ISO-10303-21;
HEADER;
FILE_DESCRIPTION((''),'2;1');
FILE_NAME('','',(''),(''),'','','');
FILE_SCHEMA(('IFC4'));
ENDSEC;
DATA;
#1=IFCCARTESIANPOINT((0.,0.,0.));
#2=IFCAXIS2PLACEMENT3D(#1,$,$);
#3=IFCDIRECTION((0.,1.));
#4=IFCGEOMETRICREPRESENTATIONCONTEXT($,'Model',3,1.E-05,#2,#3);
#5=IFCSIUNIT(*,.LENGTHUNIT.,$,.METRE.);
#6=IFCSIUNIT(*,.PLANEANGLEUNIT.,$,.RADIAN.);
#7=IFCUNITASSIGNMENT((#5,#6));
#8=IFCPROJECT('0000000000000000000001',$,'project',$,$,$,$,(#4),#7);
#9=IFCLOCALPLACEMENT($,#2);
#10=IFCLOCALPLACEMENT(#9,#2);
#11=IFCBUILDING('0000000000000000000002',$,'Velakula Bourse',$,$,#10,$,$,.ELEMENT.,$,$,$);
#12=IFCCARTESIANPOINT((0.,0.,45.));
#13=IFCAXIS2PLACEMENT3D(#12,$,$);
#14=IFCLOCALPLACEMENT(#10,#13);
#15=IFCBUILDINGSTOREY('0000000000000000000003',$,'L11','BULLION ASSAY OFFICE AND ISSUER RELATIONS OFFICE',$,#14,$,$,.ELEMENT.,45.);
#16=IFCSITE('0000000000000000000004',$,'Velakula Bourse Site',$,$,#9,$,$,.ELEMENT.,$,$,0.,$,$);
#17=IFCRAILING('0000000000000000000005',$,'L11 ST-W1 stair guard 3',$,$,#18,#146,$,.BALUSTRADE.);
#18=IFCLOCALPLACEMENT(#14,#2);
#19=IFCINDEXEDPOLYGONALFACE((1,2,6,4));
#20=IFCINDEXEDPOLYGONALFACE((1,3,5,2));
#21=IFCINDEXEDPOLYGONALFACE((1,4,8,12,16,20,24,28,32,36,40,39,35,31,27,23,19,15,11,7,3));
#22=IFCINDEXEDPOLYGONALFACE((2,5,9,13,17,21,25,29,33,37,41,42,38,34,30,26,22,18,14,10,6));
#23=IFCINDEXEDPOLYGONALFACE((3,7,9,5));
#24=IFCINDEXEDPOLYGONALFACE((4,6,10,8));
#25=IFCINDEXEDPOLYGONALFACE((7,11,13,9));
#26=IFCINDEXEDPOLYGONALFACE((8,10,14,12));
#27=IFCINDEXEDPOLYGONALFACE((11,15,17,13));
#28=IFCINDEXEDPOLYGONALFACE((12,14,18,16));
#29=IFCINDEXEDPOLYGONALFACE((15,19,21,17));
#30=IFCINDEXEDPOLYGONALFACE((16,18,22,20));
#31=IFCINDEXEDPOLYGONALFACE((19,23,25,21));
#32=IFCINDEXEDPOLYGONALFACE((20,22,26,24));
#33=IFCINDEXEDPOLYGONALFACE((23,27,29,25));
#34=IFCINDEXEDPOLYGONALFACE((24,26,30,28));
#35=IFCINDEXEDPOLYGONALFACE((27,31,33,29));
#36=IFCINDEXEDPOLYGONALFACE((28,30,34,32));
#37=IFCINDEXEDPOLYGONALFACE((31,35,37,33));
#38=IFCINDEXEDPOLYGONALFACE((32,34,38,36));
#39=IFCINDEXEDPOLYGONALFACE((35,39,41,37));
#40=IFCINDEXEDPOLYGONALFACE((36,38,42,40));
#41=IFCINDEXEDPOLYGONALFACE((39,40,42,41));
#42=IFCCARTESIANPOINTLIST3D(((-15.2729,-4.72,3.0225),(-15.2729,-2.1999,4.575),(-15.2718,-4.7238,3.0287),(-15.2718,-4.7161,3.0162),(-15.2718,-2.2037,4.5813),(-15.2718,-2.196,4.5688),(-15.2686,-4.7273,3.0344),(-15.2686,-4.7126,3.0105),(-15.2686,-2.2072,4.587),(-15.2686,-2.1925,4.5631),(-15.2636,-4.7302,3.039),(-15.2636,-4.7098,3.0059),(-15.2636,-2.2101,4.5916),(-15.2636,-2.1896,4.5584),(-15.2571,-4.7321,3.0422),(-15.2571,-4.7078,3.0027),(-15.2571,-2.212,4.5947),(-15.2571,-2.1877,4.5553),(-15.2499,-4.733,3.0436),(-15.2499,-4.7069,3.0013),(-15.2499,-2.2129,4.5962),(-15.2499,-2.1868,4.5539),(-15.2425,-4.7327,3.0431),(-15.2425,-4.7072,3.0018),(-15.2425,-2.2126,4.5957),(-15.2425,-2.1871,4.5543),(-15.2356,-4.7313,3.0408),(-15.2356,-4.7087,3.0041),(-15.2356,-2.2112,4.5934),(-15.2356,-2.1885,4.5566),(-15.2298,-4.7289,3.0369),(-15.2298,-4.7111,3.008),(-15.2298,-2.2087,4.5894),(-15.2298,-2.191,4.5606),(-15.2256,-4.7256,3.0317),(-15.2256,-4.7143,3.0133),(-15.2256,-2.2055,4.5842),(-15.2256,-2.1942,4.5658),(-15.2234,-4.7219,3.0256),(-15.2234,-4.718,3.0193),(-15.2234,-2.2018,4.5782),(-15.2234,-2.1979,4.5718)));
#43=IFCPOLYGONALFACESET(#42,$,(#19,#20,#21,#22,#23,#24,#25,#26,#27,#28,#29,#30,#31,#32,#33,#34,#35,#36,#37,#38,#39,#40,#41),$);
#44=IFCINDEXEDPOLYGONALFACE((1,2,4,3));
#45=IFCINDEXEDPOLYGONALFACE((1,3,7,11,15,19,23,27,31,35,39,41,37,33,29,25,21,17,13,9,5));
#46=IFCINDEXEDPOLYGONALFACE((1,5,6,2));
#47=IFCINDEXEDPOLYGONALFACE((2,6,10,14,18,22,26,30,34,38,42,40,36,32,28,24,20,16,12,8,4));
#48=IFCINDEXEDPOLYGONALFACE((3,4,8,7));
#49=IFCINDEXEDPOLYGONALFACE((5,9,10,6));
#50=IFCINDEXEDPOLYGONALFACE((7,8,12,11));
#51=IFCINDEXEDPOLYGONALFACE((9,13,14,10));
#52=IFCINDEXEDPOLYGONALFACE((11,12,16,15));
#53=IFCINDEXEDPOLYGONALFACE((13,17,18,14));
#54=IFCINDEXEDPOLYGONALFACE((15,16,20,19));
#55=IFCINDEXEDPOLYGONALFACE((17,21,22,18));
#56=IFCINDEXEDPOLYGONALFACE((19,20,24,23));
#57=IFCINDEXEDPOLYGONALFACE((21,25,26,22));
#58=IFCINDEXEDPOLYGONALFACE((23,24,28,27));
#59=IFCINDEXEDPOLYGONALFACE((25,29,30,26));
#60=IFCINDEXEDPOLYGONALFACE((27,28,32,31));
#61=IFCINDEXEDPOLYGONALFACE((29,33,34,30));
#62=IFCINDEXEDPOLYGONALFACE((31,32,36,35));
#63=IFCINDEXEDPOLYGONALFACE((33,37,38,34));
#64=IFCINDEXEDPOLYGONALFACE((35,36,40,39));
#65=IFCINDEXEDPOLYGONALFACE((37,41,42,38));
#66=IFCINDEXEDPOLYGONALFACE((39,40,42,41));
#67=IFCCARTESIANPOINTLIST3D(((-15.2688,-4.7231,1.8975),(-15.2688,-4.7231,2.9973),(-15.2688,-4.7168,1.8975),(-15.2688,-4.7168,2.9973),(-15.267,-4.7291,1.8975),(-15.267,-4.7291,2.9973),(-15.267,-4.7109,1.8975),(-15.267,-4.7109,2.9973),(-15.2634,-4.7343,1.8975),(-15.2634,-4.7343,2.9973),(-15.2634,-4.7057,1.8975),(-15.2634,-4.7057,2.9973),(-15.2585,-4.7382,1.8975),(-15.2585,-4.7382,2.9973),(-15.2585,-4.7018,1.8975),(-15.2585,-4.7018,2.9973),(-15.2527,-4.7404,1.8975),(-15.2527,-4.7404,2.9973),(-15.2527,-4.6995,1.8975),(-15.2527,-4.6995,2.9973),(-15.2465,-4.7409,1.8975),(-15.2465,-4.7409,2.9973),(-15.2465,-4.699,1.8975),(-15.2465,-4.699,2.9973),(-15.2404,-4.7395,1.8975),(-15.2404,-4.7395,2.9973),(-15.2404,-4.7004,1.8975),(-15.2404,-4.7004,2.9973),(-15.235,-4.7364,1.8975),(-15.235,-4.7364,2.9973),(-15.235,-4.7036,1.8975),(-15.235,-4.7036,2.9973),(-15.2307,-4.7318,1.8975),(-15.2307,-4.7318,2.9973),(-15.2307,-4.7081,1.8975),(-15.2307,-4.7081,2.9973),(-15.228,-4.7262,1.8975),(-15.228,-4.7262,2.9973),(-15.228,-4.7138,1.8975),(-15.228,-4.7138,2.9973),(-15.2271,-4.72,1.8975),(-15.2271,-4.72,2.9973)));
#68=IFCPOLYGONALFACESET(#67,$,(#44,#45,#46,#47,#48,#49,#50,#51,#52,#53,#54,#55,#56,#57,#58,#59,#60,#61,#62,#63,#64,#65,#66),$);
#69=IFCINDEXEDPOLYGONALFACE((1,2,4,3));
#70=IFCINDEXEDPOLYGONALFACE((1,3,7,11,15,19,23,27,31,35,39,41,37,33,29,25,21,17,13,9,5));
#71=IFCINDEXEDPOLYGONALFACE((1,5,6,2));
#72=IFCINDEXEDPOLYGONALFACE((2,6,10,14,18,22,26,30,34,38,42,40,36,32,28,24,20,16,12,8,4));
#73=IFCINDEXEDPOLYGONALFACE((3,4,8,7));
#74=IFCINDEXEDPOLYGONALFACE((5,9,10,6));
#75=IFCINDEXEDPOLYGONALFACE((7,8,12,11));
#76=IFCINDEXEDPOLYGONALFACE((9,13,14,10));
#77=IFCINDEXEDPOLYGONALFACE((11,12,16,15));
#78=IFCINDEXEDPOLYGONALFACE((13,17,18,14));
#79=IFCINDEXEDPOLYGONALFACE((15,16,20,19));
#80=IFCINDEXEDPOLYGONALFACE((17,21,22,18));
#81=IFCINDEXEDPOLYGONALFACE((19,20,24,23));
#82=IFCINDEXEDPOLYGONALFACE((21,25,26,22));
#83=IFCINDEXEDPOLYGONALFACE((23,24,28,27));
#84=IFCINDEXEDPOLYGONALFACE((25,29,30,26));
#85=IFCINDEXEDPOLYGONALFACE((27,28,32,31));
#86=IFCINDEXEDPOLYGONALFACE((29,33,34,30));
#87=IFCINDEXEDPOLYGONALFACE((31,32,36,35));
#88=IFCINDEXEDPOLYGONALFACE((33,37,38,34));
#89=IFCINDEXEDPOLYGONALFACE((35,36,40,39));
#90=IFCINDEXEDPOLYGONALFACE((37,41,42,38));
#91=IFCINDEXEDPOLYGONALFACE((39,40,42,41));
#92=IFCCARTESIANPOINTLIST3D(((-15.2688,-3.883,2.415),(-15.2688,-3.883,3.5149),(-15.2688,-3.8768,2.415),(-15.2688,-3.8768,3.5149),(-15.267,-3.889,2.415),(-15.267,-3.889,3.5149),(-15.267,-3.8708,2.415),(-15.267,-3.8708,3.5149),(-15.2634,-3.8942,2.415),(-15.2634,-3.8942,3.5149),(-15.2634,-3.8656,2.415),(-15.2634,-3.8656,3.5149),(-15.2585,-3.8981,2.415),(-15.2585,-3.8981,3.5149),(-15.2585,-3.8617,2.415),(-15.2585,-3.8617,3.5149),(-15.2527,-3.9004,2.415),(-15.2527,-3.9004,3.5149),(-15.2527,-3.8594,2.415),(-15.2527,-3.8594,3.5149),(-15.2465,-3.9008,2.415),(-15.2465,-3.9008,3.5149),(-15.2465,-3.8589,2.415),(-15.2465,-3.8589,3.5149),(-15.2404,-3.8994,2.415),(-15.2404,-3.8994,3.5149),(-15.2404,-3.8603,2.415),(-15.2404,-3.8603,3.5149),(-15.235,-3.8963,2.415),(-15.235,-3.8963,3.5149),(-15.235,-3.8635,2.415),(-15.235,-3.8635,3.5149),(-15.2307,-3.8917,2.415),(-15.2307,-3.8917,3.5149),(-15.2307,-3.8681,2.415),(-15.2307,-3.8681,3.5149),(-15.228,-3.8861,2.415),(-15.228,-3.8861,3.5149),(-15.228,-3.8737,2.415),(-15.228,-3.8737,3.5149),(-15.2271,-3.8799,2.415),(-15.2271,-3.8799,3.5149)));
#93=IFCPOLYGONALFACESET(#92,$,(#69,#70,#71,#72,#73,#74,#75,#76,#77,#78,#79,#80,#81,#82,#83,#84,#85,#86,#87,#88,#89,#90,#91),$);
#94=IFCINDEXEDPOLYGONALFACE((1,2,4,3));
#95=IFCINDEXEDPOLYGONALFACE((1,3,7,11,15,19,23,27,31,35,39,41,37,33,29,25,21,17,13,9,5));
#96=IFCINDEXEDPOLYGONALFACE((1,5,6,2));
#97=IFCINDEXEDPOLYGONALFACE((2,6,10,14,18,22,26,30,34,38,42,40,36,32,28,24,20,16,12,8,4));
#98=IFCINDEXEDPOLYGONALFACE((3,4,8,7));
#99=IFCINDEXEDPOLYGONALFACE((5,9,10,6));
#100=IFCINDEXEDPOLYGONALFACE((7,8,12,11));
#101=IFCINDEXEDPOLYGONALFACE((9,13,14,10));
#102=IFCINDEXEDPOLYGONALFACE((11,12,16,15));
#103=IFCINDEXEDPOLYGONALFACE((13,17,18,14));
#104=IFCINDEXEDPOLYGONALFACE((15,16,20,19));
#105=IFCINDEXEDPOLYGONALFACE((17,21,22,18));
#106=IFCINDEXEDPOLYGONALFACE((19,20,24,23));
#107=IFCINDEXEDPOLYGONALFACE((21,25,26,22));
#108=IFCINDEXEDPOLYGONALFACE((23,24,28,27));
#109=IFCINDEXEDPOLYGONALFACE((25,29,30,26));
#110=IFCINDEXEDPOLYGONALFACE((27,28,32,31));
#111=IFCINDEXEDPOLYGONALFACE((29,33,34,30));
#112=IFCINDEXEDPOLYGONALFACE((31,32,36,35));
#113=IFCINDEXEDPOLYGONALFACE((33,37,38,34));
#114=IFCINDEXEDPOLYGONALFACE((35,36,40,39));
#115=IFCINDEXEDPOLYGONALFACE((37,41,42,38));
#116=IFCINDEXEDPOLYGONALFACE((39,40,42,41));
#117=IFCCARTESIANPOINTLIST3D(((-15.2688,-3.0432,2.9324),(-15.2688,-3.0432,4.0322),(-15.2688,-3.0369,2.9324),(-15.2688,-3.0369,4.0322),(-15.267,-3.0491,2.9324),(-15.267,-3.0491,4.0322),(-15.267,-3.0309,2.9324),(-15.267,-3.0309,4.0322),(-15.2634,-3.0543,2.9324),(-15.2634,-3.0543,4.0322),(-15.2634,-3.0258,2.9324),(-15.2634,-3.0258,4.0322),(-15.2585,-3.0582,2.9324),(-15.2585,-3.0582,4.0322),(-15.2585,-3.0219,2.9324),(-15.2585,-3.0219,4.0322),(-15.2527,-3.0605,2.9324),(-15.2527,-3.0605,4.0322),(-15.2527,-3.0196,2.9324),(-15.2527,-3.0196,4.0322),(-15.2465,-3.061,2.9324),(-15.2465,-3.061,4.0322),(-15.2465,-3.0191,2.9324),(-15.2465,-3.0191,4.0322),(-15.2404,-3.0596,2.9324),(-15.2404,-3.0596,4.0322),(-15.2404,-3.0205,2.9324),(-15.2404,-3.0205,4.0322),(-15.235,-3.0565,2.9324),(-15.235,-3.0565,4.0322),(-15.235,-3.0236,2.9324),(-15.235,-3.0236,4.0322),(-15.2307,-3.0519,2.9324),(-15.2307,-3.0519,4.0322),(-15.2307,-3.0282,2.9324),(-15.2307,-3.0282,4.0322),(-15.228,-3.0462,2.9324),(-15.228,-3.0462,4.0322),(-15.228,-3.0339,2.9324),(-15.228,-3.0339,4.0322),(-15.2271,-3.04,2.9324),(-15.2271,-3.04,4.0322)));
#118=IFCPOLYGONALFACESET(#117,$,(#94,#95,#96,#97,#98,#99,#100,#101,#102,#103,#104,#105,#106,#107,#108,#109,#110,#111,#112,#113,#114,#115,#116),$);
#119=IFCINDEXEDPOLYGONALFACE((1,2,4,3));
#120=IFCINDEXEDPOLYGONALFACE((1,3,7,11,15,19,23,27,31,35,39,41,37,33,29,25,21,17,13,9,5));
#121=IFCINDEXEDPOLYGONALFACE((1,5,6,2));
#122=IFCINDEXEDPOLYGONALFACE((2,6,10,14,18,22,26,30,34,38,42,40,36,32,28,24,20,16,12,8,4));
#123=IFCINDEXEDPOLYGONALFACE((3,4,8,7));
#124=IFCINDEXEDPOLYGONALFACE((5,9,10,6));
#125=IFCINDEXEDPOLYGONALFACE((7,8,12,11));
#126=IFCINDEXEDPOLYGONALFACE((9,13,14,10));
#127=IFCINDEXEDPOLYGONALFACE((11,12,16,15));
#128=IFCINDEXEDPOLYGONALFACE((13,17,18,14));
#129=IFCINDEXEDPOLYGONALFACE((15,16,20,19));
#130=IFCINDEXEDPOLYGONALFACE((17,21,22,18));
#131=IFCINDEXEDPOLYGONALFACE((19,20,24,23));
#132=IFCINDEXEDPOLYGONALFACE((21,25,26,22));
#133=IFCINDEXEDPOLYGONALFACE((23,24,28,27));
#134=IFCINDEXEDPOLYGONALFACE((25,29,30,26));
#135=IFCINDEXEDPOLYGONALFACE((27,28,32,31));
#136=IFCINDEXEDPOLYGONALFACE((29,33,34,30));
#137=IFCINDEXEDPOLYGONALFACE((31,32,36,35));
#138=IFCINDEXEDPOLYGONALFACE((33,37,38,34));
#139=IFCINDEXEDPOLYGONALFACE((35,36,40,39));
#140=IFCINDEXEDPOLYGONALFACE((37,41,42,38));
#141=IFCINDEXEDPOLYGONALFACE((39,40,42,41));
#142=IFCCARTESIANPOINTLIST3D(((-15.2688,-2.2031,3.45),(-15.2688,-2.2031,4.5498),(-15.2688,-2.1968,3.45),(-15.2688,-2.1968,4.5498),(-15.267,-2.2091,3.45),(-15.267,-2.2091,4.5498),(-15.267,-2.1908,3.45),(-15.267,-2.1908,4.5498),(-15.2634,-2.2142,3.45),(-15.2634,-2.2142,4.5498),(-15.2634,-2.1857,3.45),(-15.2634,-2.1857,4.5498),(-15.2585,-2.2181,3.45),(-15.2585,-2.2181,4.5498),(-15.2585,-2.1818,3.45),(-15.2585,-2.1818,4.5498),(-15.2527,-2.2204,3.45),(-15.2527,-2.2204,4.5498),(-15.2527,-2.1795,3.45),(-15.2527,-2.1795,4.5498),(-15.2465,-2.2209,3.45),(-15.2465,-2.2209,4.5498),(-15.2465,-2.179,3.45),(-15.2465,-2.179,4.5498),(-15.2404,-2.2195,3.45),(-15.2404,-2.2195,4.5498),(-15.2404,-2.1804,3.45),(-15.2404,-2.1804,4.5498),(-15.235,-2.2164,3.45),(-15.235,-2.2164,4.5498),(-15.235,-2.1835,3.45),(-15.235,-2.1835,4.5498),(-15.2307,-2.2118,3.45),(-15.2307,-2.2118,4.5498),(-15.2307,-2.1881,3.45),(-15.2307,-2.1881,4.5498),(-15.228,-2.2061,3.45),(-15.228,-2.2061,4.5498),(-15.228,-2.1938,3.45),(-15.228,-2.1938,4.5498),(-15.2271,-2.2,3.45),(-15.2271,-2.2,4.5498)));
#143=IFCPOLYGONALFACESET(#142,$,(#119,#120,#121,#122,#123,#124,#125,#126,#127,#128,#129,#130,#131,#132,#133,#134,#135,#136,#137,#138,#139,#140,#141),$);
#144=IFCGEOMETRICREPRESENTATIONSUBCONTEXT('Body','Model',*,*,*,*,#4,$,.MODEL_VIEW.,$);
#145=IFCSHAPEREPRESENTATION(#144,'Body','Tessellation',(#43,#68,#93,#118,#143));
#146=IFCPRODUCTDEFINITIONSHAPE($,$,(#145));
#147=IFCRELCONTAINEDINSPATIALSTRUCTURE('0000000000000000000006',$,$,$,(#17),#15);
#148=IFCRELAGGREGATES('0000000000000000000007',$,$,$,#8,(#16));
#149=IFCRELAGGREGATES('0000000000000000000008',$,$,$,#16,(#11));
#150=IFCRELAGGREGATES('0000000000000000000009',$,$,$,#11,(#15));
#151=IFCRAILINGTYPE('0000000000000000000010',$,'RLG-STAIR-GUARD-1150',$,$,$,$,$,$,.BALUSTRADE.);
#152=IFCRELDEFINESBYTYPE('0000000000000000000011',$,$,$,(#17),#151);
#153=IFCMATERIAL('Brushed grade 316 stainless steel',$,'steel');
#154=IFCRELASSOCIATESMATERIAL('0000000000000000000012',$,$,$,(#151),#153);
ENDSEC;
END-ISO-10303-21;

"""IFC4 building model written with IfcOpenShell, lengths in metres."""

from ifc_helpers import new_model, si_unit, direction, frame, origin, origin_2d, place, context, subcontext, project, spatial, circle, extrude, material, type_object, element, save


model = new_model("IFC4")

# Units and contexts
model_context = context("Model", 3, precision=1e-05, world=origin(), true_north=direction((0.0, 1.0)))
body_context = subcontext(model_context, "Body", "Model", "MODEL_VIEW")
ifc_project = project(units=[si_unit("LENGTHUNIT", "METRE"), si_unit("PLANEANGLEUNIT", "RADIAN")], contexts=[model_context])

# Site, building, storey
site_placement = place(None, origin())
site = spatial("IfcSite", under=ifc_project, at=site_placement, Name="Velakula Bourse Site", CompositionType="ELEMENT", RefElevation=0.0)
building_placement = place(site_placement, origin())
building = spatial("IfcBuilding", under=site, at=building_placement, Name="Velakula Bourse", CompositionType="ELEMENT")
storey_placement = place(building_placement, frame((0.0, 0.0, 45.0)))
storey = spatial("IfcBuildingStorey", under=building, at=storey_placement, Name="L11", Description="BULLION ASSAY OFFICE AND ISSUER RELATIONS OFFICE", CompositionType="ELEMENT", Elevation=45.0)

# Shared definitions
ifc_material_1 = material(Name="Brushed grade 316 stainless steel", Category="steel")

# Railing
railing_type_1 = type_object("IfcRailingType", Name="RLG-STAIR-GUARD-1150", PredefinedType="BALUSTRADE", material=ifc_material_1)
railing_1_placement = place(storey_placement, frame((-15.248, -4.72, 1.8975)))
element("IfcRailing", 1, at=railing_1_placement, inside=storey, type_object=railing_type_1, Name="L11 ST-W1 stair guard 3", PredefinedType="BALUSTRADE", context=body_context, shape_type="SweptSolid", body=[
    extrude(circle(Radius=0.0249, at=origin_2d()), frame((0.0, 0.0, 1.125), z_axis=(0.0, 0.8514, 0.524516), x_axis=(-1.0, 0.0, 0.0)), (0.0, 0.0, 1.0), 2.96),
    extrude(circle(Radius=0.021, at=origin_2d()), origin(), (0.0, 0.0, 1.0), 1.0999),
    extrude(circle(Radius=0.021, at=origin_2d()), frame((0.0, 0.8401, 0.5176)), (0.0, 0.0, 1.0), 1.0999),
    extrude(circle(Radius=0.021, at=origin_2d()), frame((0.0, 1.6799, 1.0349)), (0.0, 0.0, 1.0), 1.0999),
    extrude(circle(Radius=0.021, at=origin_2d()), frame((0.0, 2.52, 1.5525)), (0.0, 0.0, 1.0), 1.0999),
])

save(model, "model.ifc")
